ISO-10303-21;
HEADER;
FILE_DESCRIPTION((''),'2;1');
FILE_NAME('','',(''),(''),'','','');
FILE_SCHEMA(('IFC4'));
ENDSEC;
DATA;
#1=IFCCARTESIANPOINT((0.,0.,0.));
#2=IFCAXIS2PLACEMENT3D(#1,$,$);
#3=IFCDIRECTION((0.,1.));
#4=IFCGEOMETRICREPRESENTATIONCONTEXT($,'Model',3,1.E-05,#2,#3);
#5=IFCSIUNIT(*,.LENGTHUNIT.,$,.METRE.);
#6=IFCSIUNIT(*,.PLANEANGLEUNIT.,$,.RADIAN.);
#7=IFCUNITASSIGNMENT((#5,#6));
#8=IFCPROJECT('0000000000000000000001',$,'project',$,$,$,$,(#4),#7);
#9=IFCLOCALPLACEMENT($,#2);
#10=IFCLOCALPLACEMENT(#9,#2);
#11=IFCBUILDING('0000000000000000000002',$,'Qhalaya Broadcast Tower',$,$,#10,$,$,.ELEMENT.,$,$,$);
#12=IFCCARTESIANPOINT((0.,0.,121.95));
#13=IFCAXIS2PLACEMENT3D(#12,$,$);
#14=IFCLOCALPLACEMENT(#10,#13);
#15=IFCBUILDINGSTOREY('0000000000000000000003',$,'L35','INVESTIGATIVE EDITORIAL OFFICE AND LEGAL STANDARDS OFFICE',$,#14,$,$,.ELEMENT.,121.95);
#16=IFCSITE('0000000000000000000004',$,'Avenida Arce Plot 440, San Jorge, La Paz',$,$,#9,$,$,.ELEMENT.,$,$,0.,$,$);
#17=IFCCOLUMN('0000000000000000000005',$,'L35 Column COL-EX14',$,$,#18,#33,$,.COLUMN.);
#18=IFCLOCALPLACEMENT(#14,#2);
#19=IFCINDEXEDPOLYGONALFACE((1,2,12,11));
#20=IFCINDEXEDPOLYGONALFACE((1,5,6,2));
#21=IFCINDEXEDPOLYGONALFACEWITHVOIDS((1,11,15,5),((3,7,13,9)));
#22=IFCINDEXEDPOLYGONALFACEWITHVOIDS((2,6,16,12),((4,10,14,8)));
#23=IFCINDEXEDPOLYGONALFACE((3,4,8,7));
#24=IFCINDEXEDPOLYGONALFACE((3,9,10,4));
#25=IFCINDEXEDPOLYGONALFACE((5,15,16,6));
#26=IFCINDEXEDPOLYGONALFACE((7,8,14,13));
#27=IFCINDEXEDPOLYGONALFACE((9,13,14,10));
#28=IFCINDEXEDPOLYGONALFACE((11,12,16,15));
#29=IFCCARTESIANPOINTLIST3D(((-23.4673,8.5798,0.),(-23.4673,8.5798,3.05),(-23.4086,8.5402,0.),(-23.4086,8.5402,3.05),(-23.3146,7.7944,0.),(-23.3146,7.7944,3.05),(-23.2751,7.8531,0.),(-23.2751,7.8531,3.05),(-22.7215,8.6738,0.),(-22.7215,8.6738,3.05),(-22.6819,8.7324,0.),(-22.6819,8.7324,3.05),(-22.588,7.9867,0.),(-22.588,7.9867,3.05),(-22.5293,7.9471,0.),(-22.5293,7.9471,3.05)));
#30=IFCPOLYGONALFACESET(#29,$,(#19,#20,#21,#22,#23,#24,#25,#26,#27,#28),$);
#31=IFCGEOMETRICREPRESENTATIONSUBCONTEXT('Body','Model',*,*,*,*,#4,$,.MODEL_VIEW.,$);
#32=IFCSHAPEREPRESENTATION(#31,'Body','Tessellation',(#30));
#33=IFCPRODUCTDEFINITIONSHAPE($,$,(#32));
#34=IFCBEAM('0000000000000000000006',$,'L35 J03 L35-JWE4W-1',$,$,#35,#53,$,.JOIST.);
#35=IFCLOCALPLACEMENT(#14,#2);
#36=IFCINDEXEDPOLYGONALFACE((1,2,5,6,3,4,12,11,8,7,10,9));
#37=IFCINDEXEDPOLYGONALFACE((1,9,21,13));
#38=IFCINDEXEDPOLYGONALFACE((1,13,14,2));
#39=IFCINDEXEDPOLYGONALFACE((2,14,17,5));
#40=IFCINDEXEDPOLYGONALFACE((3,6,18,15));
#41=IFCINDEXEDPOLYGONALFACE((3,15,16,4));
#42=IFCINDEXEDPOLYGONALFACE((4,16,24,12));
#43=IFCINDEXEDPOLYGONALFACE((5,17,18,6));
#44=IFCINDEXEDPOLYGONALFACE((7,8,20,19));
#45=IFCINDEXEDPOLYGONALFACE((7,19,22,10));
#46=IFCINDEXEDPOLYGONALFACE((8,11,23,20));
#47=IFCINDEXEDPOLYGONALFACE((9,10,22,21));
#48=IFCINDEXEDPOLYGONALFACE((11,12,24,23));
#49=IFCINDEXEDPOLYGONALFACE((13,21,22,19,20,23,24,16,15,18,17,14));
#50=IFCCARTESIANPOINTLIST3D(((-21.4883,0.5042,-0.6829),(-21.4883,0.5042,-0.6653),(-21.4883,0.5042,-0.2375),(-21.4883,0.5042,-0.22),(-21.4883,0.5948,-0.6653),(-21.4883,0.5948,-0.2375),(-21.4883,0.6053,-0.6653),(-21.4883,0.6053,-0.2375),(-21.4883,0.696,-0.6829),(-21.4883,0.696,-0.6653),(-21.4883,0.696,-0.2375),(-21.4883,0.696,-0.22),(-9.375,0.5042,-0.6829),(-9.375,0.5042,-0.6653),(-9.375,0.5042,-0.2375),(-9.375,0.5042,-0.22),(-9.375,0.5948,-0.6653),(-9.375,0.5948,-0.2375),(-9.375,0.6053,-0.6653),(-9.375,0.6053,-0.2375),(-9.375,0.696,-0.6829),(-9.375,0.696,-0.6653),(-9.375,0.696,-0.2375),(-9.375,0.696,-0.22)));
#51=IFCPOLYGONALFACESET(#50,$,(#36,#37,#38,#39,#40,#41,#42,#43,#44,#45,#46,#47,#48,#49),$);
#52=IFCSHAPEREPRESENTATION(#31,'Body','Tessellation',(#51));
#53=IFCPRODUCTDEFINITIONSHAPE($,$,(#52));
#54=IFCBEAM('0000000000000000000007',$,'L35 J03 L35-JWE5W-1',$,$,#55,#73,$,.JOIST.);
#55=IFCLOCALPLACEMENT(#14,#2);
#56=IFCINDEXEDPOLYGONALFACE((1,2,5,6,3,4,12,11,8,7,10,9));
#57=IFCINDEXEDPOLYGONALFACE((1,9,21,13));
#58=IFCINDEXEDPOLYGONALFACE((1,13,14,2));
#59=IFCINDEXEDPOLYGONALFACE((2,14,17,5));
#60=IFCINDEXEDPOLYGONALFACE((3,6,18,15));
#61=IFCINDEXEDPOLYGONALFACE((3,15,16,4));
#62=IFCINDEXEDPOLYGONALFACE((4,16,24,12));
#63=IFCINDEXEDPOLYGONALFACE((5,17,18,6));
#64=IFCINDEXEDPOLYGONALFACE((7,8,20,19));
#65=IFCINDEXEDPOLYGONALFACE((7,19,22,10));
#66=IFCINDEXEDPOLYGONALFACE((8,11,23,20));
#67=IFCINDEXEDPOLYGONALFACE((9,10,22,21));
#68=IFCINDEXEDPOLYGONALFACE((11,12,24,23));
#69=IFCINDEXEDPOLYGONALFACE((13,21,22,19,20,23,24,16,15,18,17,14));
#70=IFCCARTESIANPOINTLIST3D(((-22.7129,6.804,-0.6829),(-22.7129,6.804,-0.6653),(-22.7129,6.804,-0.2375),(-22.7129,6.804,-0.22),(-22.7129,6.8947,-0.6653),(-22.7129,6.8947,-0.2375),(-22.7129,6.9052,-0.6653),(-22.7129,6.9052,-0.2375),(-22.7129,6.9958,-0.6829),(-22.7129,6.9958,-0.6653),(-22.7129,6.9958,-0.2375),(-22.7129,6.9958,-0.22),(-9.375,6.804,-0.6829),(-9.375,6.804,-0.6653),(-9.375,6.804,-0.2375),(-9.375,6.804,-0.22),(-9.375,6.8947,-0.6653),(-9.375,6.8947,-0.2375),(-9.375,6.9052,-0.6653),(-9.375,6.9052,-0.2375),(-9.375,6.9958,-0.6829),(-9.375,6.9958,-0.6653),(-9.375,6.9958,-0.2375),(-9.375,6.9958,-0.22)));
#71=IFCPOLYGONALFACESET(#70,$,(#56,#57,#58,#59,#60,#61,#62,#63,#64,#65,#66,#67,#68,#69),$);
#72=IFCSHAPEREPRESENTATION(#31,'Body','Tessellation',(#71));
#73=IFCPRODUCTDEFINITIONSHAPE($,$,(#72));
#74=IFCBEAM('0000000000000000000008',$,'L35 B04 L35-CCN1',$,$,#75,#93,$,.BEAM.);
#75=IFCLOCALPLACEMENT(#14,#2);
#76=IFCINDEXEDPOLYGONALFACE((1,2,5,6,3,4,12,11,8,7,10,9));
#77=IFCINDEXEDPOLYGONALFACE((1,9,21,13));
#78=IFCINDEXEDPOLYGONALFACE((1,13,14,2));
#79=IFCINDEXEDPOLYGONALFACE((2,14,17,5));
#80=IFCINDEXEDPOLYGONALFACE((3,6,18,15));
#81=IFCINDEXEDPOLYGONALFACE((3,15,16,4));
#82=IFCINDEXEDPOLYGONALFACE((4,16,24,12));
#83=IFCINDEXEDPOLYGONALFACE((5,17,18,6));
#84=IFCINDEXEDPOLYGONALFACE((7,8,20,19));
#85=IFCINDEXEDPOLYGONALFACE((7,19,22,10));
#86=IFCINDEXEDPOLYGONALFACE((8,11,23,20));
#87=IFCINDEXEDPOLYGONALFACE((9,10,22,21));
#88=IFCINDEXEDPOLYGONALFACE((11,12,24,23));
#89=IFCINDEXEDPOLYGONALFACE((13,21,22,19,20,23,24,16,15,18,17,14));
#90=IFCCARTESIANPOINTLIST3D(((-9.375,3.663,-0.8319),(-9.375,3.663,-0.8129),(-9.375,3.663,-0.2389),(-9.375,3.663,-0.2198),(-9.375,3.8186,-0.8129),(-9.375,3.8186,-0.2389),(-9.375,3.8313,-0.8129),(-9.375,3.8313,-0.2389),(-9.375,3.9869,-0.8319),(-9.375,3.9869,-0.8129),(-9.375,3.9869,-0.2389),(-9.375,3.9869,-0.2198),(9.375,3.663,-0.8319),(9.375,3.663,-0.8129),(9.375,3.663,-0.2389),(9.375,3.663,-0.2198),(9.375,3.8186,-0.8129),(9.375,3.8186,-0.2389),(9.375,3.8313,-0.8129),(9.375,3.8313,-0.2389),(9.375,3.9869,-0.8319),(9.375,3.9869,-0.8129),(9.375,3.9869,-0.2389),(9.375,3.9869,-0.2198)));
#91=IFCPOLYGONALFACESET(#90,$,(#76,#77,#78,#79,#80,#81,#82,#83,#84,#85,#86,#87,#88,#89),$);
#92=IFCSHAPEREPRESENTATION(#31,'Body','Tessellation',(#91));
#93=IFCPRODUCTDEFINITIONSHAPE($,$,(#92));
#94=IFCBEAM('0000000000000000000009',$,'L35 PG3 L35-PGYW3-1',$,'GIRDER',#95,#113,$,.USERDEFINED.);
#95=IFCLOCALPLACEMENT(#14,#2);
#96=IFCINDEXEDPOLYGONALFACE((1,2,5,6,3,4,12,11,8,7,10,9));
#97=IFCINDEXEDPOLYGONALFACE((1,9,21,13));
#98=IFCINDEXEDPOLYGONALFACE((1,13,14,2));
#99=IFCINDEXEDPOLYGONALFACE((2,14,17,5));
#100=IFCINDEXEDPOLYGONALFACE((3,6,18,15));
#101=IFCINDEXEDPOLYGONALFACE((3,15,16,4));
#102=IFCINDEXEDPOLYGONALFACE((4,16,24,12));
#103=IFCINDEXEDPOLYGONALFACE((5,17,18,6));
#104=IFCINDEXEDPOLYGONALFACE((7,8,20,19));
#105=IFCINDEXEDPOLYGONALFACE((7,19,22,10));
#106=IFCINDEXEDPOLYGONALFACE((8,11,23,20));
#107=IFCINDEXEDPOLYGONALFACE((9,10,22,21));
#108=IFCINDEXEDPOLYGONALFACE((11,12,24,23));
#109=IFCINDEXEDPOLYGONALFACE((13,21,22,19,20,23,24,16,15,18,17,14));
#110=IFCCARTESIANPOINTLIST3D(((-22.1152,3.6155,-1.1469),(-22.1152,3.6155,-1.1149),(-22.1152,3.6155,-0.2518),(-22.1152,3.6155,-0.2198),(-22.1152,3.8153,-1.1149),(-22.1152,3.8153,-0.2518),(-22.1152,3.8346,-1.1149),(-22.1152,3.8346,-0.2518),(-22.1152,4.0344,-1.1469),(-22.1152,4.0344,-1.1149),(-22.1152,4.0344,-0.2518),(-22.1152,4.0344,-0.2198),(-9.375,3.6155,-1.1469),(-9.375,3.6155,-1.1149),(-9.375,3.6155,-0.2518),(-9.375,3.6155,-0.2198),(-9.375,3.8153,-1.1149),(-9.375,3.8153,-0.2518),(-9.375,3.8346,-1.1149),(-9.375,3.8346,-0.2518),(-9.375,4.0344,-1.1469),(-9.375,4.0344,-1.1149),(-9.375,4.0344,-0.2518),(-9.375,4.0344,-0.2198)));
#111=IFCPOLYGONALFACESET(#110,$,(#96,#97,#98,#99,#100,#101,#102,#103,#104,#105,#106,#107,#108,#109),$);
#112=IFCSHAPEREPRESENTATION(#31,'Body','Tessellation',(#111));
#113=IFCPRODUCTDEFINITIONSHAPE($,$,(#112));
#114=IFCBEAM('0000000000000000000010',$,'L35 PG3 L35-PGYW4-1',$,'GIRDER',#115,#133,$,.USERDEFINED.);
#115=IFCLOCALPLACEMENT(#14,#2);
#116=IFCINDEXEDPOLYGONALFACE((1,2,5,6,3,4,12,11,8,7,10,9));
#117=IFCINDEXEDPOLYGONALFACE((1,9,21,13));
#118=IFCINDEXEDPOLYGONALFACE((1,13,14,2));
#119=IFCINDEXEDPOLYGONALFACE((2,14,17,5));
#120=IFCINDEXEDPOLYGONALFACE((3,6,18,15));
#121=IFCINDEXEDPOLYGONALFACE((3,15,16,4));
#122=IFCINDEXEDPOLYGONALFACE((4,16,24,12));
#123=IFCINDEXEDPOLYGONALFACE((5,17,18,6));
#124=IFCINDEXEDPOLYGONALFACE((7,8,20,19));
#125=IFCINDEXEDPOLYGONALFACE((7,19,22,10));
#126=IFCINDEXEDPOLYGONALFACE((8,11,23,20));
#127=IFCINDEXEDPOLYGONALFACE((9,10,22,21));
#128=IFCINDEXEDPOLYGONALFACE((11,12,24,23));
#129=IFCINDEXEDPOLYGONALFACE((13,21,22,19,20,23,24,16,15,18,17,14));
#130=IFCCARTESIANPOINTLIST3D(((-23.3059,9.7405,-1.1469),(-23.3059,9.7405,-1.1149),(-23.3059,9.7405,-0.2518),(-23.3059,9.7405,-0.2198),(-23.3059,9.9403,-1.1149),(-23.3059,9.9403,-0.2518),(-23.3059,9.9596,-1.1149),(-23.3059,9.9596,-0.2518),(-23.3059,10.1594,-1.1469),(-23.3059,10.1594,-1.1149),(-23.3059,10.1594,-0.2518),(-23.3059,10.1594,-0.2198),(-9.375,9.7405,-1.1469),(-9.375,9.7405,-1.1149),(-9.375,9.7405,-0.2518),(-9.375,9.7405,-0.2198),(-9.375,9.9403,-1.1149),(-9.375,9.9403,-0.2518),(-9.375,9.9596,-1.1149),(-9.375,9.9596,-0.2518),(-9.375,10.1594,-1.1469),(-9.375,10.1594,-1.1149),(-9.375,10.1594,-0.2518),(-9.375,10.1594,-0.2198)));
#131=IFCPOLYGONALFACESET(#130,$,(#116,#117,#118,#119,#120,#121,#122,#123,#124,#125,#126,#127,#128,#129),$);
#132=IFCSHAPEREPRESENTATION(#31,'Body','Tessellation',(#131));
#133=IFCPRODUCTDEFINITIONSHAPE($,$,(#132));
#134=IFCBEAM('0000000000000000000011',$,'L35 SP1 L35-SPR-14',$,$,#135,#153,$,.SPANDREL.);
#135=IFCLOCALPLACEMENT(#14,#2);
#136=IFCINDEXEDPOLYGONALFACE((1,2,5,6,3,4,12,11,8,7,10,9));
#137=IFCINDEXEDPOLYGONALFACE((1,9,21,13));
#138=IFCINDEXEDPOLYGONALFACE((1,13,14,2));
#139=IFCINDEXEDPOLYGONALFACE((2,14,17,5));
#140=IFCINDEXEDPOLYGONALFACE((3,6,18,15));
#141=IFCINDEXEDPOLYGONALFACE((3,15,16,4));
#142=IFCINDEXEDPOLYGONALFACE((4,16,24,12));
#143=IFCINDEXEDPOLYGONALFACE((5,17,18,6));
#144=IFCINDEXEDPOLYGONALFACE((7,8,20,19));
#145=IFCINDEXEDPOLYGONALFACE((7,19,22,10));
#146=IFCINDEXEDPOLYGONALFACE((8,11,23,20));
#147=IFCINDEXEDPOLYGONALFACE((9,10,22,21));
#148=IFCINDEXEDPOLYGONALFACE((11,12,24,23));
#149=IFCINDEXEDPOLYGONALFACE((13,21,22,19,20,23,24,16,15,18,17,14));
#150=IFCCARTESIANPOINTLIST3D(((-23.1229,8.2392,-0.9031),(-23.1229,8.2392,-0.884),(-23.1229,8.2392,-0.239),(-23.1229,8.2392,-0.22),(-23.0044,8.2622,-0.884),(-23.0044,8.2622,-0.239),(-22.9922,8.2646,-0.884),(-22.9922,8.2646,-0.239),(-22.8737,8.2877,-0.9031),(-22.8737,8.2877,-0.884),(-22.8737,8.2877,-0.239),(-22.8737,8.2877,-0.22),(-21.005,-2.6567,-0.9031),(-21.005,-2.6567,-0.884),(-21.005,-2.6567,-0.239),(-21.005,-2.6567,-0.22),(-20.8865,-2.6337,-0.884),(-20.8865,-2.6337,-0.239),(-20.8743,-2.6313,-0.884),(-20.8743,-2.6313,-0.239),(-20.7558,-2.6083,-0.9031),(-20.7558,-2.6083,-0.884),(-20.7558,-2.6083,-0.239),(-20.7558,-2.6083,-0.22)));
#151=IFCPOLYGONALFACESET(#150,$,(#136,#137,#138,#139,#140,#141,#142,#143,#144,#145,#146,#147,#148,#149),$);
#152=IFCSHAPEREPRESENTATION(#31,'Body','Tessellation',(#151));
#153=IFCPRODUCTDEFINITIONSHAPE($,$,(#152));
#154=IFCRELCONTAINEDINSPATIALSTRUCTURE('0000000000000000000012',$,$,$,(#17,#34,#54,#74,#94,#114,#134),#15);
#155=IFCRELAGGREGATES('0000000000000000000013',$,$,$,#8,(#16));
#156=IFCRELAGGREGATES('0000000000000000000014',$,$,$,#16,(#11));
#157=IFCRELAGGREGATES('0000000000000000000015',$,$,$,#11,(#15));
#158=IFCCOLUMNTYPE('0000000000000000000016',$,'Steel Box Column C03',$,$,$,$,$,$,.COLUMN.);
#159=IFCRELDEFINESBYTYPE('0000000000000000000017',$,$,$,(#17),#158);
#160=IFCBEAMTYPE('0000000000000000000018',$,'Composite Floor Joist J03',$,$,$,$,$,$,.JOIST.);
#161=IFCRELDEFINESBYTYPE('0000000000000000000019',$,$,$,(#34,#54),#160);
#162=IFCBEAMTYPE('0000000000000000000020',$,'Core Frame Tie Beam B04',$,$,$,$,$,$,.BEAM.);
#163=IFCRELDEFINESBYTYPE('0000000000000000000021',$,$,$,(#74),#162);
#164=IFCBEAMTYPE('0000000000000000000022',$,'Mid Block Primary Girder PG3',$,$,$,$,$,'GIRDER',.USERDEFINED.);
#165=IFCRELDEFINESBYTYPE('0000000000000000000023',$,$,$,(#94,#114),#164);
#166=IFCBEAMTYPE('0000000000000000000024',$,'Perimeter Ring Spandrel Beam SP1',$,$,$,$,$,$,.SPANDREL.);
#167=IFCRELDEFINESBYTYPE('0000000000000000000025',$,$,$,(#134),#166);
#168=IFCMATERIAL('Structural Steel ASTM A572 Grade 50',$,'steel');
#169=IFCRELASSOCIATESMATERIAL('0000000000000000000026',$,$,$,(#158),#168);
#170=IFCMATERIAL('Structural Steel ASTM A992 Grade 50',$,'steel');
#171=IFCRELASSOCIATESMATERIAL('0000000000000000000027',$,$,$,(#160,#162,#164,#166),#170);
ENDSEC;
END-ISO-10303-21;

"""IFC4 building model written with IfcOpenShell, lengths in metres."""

from ifc_helpers import new_model, si_unit, direction, frame, origin, origin_2d, place, context, subcontext, project, spatial, hollow_rectangle, i_section, extrude, material, material_profile, profile_set, type_object, element, save


model = new_model("IFC4")

# Units and contexts
model_context = context("Model", 3, precision=1e-05, world=origin(), true_north=direction((0.0, 1.0)))
body_context = subcontext(model_context, "Body", "Model", "MODEL_VIEW")
ifc_project = project(units=[si_unit("LENGTHUNIT", "METRE"), si_unit("PLANEANGLEUNIT", "RADIAN")], contexts=[model_context])

# Site, building, storey
site_placement = place(None, origin())
site = spatial("IfcSite", under=ifc_project, at=site_placement, Name="Avenida Arce Plot 440, San Jorge, La Paz", CompositionType="ELEMENT", RefElevation=0.0)
building_placement = place(site_placement, origin())
building = spatial("IfcBuilding", under=site, at=building_placement, Name="Qhalaya Broadcast Tower", CompositionType="ELEMENT")
storey_placement = place(building_placement, frame((0.0, 0.0, 121.95)))
storey = spatial("IfcBuildingStorey", under=building, at=storey_placement, Name="L35", Description="INVESTIGATIVE EDITORIAL OFFICE AND LEGAL STANDARDS OFFICE", CompositionType="ELEMENT", Elevation=121.95)

# Column
ifc_material_1 = material(Name="Structural Steel ASTM A572 Grade 50", Category="steel")
ifc_material_profile_1 = material_profile(ifc_material_1, hollow_rectangle(XDim=0.8, YDim=0.8, WallThickness=0.05, at=origin_2d()), Name="BOX 800x800x50")
ifc_profile_set_1 = profile_set([ifc_material_profile_1], Name="Structural Steel ASTM A572 Grade 50")
column_type = type_object("IfcColumnType", Name="Steel Box Column C03", PredefinedType="COLUMN", material=ifc_profile_set_1)
column_placement = place(storey_placement, frame((-22.9983, 8.2634, 0.0), z_axis=(0.0, 0.0, 1.0), x_axis=(-0.190809, 0.981627, 0.0)))
element("IfcColumn", 1, at=column_placement, inside=storey, type_object=column_type, Name="L35 Column COL-EX14", PredefinedType="COLUMN", context=body_context, shape_type="SweptSolid", body=[
    extrude(hollow_rectangle(XDim=0.8, YDim=0.8, WallThickness=0.05, at=origin_2d()), origin(), (0.0, 0.0, 1.0), 3.05),
])

# Beams
ifc_material_2 = material(Name="Structural Steel ASTM A992 Grade 50", Category="steel")
ifc_material_profile_2 = material_profile(ifc_material_2, i_section(OverallWidth=0.1919, OverallDepth=0.4629, WebThickness=0.0105, FlangeThickness=0.0176, at=origin_2d()), Name="W18X60")
ifc_profile_set_2 = profile_set([ifc_material_profile_2], Name="Structural Steel ASTM A992 Grade 50")
beam_type_1 = type_object("IfcBeamType", Name="Composite Floor Joist J03", PredefinedType="JOIST", material=ifc_profile_set_2)
beam_1_placement = place(storey_placement, frame((-21.4883, 0.6001, -0.4514), z_axis=(1.0, 0.0, 0.0), x_axis=(0.0, 1.0, 0.0)))
element("IfcBeam", 2, at=beam_1_placement, inside=storey, type_object=beam_type_1, Name="L35 J03 L35-JWE4W-1", PredefinedType="JOIST", context=body_context, shape_type="SweptSolid", body=[
    extrude(i_section(OverallWidth=0.1919, OverallDepth=0.4629, WebThickness=0.0105, FlangeThickness=0.0176, at=origin_2d()), origin(), (0.0, 0.0, 1.0), 12.1133),
])
beam_2_placement = place(storey_placement, frame((-22.7129, 6.8999, -0.4514), z_axis=(1.0, 0.0, 0.0), x_axis=(0.0, 1.0, 0.0)))
element("IfcBeam", 3, at=beam_2_placement, inside=storey, type_object=beam_type_1, Name="L35 J03 L35-JWE5W-1", PredefinedType="JOIST", context=body_context, shape_type="SweptSolid", body=[
    extrude(i_section(OverallWidth=0.1919, OverallDepth=0.4629, WebThickness=0.0105, FlangeThickness=0.0176, at=origin_2d()), origin(), (0.0, 0.0, 1.0), 13.3379),
])
ifc_material_profile_3 = material_profile(ifc_material_2, i_section(OverallWidth=0.324, OverallDepth=0.6121, WebThickness=0.0127, FlangeThickness=0.019, at=origin_2d()), Name="W24X104")
ifc_profile_set_3 = profile_set([ifc_material_profile_3], Name="Structural Steel ASTM A992 Grade 50")
beam_type_2 = type_object("IfcBeamType", Name="Core Frame Tie Beam B04", PredefinedType="BEAM", material=ifc_profile_set_3)
beam_3_placement = place(storey_placement, frame((-9.375, 3.825, -0.5259), z_axis=(1.0, 0.0, 0.0), x_axis=(0.0, 1.0, 0.0)))
element("IfcBeam", 4, at=beam_3_placement, inside=storey, type_object=beam_type_2, Name="L35 B04 L35-CCN1", PredefinedType="BEAM", context=body_context, shape_type="SweptSolid", body=[
    extrude(i_section(OverallWidth=0.324, OverallDepth=0.6121, WebThickness=0.0127, FlangeThickness=0.019, at=origin_2d()), origin(), (0.0, 0.0, 1.0), 18.75),
])
ifc_material_profile_4 = material_profile(ifc_material_2, i_section(OverallWidth=0.4189, OverallDepth=0.927, WebThickness=0.0193, FlangeThickness=0.032, at=origin_2d()), Name="W36X231")
ifc_profile_set_4 = profile_set([ifc_material_profile_4], Name="Structural Steel ASTM A992 Grade 50")
beam_type_3 = type_object("IfcBeamType", Name="Mid Block Primary Girder PG3", ElementType="GIRDER", PredefinedType="USERDEFINED", material=ifc_profile_set_4)
beam_4_placement = place(storey_placement, frame((-22.1152, 3.825, -0.6833), z_axis=(1.0, 0.0, 0.0), x_axis=(0.0, 1.0, 0.0)))
element("IfcBeam", 5, at=beam_4_placement, inside=storey, type_object=beam_type_3, Name="L35 PG3 L35-PGYW3-1", ObjectType="GIRDER", PredefinedType="USERDEFINED", context=body_context, shape_type="SweptSolid", body=[
    extrude(i_section(OverallWidth=0.4189, OverallDepth=0.927, WebThickness=0.0193, FlangeThickness=0.032, at=origin_2d()), origin(), (0.0, 0.0, 1.0), 12.7402),
])
beam_5_placement = place(storey_placement, frame((-23.3059, 9.95, -0.6833), z_axis=(1.0, 0.0, 0.0), x_axis=(0.0, 1.0, 0.0)))
element("IfcBeam", 6, at=beam_5_placement, inside=storey, type_object=beam_type_3, Name="L35 PG3 L35-PGYW4-1", ObjectType="GIRDER", PredefinedType="USERDEFINED", context=body_context, shape_type="SweptSolid", body=[
    extrude(i_section(OverallWidth=0.4189, OverallDepth=0.927, WebThickness=0.0193, FlangeThickness=0.032, at=origin_2d()), origin(), (0.0, 0.0, 1.0), 13.9309),
])
ifc_material_profile_5 = material_profile(ifc_material_2, i_section(OverallWidth=0.2539, OverallDepth=0.6831, WebThickness=0.0125, FlangeThickness=0.019, at=origin_2d()), Name="W27X94")
ifc_profile_set_5 = profile_set([ifc_material_profile_5], Name="Structural Steel ASTM A992 Grade 50")
beam_type_4 = type_object("IfcBeamType", Name="Perimeter Ring Spandrel Beam SP1", PredefinedType="SPANDREL", material=ifc_profile_set_5)
beam_6_placement = place(storey_placement, frame((-22.9983, 8.2634, -0.5615), z_axis=(0.190805, -0.981628, 0.0), x_axis=(0.981628, 0.190805, 0.0)))
element("IfcBeam", 7, at=beam_6_placement, inside=storey, type_object=beam_type_4, Name="L35 SP1 L35-SPR-14", PredefinedType="SPANDREL", context=body_context, shape_type="SweptSolid", body=[
    extrude(i_section(OverallWidth=0.2539, OverallDepth=0.6831, WebThickness=0.0125, FlangeThickness=0.019, at=origin_2d()), origin(), (0.0, 0.0, 1.0), 11.0999),
])

save(model, "model.ifc")
